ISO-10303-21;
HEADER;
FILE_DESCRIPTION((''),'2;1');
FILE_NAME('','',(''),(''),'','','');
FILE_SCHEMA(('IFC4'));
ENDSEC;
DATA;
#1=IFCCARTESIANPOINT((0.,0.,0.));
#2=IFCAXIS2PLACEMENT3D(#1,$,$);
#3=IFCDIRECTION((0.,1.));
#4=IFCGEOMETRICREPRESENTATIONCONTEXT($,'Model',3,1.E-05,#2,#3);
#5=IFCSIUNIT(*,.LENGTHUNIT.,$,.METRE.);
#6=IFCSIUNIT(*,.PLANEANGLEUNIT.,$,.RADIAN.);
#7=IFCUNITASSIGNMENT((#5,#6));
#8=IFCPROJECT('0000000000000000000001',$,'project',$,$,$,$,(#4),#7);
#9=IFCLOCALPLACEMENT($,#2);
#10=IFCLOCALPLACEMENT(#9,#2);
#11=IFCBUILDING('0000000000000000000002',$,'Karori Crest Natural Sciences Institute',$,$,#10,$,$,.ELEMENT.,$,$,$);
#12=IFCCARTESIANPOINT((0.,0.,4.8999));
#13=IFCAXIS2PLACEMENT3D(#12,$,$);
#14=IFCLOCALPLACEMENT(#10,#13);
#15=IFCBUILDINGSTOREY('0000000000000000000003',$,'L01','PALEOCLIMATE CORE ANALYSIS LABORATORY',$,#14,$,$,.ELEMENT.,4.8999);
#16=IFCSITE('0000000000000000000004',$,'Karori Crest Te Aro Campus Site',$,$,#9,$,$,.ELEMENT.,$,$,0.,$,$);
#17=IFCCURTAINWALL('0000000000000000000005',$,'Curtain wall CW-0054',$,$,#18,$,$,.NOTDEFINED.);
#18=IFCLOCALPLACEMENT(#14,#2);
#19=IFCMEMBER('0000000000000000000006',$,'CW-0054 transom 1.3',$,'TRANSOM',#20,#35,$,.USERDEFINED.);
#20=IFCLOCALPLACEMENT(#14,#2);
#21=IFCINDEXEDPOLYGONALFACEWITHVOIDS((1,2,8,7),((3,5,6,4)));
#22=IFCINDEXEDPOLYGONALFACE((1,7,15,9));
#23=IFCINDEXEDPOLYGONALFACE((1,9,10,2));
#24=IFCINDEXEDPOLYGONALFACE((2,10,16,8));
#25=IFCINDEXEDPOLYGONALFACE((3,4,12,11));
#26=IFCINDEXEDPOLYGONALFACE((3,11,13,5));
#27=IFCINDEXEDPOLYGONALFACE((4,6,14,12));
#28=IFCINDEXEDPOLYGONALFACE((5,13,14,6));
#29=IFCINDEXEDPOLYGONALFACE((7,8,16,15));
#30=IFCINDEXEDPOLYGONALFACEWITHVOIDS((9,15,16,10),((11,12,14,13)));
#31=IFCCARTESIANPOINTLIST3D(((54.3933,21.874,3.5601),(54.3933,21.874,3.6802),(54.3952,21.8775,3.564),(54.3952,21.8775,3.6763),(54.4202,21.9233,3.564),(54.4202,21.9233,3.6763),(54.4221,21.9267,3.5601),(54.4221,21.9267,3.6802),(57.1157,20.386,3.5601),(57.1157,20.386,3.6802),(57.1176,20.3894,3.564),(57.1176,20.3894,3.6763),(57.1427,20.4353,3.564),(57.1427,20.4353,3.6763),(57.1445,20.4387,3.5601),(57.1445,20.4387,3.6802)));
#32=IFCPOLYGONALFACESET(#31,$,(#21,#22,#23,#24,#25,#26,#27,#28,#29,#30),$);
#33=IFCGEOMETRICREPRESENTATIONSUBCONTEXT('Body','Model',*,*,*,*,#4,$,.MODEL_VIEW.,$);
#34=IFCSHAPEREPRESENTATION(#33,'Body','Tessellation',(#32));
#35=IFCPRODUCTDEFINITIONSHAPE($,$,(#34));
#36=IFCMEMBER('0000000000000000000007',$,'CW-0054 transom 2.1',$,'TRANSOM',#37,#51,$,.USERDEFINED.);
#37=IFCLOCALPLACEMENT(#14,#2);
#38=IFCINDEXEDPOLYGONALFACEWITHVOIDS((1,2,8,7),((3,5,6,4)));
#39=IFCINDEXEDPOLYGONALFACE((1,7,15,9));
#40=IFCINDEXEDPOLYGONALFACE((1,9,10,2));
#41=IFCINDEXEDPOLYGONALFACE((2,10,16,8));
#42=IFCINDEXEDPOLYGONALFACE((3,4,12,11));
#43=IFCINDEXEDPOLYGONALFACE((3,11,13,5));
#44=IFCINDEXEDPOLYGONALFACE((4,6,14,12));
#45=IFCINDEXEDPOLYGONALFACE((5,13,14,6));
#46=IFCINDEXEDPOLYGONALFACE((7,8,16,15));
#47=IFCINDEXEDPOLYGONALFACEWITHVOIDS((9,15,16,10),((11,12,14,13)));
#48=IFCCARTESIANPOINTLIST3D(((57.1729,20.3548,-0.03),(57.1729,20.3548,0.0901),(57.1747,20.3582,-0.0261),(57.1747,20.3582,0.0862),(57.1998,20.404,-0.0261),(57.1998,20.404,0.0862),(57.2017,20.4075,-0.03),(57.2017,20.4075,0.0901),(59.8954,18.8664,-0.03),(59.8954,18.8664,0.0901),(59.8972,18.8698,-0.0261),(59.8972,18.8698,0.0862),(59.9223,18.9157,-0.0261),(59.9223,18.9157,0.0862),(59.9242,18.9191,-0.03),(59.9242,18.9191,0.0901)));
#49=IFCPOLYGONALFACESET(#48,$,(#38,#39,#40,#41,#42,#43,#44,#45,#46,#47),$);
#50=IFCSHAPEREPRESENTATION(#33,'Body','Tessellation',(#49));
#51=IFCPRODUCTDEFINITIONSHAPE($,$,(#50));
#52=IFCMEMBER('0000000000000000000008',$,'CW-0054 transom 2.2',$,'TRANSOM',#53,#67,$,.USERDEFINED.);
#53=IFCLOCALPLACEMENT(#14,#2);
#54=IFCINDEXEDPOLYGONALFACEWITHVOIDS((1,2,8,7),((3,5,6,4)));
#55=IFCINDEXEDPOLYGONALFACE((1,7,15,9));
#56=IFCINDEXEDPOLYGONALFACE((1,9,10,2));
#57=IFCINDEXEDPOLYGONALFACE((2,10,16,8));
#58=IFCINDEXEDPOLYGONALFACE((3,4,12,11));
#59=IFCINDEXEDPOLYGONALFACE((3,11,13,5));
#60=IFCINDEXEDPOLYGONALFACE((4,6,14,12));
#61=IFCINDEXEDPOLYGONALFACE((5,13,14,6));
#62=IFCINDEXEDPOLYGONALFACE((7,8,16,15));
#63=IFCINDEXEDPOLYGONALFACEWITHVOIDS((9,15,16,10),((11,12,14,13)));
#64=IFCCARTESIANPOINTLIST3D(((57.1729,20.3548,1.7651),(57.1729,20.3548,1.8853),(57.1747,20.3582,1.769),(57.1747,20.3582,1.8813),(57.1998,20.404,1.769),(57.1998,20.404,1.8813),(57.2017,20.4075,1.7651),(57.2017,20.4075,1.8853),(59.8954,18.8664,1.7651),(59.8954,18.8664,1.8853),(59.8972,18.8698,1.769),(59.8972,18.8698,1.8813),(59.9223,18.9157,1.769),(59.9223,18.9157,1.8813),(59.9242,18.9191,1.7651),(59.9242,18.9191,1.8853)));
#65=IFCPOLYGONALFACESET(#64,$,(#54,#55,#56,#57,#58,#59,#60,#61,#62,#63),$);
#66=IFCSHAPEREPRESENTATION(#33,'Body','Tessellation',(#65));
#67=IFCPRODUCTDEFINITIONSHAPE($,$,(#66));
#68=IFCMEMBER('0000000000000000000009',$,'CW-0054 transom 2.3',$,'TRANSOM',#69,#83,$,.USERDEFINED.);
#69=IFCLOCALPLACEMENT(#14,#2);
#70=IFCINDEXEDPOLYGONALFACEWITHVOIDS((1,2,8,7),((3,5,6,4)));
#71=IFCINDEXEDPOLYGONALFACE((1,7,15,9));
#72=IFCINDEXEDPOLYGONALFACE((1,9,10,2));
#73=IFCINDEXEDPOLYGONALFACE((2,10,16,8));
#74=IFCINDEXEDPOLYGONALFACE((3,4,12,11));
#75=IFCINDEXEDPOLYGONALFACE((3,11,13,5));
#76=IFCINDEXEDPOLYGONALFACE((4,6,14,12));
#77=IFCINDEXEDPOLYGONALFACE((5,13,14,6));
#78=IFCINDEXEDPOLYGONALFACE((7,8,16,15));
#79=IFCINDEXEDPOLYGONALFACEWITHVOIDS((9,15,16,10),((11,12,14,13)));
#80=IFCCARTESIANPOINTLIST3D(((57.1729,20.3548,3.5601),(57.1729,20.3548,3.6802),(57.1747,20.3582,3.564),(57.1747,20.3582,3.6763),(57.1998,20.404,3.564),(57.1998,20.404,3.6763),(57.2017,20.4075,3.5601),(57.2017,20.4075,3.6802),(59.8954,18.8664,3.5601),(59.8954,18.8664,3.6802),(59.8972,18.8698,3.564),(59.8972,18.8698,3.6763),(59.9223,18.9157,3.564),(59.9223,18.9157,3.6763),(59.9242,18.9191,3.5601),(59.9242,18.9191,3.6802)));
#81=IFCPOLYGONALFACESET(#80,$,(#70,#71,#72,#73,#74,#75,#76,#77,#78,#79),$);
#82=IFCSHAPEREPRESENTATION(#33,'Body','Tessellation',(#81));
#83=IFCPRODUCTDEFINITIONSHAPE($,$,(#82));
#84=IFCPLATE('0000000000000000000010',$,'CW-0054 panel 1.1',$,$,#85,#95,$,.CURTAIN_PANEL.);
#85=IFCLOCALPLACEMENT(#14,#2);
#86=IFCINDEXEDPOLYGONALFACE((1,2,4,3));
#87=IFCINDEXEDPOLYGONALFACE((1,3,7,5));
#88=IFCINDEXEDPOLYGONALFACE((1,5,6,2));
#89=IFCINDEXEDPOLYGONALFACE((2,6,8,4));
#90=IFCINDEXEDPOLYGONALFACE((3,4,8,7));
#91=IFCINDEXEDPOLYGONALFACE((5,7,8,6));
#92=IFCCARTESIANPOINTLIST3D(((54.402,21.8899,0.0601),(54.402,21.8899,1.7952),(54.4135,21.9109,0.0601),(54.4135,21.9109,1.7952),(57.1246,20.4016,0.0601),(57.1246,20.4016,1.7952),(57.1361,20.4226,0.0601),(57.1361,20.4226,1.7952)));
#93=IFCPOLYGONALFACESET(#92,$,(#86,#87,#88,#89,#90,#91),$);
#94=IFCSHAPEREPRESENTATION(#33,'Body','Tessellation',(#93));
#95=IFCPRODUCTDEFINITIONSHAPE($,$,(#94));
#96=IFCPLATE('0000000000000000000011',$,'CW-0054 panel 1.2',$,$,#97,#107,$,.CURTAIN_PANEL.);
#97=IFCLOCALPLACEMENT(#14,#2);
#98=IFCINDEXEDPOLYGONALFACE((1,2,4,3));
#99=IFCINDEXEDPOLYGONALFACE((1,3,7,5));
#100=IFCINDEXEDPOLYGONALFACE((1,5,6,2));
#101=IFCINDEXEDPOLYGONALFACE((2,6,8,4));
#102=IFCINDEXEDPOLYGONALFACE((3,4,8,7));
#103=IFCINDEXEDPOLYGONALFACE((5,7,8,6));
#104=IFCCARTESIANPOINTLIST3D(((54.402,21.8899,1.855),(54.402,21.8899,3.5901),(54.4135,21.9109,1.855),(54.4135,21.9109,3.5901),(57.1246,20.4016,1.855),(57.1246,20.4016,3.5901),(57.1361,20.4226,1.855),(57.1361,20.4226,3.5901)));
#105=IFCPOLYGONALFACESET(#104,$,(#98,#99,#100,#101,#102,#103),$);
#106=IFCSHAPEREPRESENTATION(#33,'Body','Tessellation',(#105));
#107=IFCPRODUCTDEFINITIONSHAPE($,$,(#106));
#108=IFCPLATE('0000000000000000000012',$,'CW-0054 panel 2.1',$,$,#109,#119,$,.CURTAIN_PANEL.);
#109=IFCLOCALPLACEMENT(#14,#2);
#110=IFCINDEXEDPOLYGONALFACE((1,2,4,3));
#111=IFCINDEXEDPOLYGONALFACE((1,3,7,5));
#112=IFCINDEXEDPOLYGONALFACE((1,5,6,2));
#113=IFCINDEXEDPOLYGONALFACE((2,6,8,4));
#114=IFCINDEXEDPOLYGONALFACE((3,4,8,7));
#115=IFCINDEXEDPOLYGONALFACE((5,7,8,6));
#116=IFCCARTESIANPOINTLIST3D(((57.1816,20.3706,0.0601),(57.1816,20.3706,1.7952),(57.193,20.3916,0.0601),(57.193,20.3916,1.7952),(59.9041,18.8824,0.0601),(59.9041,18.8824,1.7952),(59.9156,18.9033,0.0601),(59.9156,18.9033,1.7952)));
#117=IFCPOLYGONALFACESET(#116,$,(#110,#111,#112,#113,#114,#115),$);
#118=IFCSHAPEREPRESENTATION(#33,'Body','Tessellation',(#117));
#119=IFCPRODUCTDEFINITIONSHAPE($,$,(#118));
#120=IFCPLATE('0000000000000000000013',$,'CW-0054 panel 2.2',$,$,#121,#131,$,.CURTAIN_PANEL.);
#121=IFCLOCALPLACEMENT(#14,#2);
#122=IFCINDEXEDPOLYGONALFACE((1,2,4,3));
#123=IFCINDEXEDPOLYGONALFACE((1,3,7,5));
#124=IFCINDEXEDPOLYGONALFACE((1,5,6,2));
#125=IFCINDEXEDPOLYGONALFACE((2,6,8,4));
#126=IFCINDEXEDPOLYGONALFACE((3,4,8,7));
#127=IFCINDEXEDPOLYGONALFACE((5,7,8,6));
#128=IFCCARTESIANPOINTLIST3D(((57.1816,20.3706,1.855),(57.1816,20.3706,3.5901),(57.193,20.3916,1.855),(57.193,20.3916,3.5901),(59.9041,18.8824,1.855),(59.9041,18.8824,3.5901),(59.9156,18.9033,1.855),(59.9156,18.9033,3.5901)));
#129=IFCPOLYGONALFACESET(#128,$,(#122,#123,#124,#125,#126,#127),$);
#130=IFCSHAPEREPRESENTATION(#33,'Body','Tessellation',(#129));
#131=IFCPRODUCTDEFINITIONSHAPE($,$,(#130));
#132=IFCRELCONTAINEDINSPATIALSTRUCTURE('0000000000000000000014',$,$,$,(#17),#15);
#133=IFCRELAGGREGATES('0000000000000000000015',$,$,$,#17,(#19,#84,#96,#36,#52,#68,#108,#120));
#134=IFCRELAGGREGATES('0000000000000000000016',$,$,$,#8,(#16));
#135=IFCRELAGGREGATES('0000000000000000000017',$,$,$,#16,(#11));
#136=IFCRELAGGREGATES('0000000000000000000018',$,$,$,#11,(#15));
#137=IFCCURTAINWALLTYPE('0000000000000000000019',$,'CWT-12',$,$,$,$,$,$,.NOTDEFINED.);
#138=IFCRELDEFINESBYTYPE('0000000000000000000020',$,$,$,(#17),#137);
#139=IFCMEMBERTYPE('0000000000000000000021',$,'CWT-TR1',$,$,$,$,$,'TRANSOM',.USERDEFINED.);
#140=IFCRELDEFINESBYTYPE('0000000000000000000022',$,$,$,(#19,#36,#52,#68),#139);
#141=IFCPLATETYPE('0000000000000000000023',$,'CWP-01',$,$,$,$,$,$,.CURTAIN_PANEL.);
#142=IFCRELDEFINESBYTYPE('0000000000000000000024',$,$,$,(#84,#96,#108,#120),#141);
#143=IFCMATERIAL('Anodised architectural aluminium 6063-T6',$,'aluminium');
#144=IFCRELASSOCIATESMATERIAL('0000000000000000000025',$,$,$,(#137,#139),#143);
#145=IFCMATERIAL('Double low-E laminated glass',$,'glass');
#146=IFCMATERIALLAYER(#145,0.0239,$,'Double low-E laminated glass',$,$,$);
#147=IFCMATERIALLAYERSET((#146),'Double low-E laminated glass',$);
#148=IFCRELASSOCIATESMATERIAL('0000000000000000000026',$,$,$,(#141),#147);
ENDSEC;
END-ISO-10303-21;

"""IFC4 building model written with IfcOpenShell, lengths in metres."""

from ifc_helpers import new_model, si_unit, direction, frame, origin, origin_2d, place, context, subcontext, project, spatial, rectangle, hollow_rectangle, extrude, material, layer, layer_set, material_profile, profile_set, type_object, element, aggregate, save


model = new_model("IFC4")

# Units and contexts
model_context = context("Model", 3, precision=1e-05, world=origin(), true_north=direction((0.0, 1.0)))
body_context = subcontext(model_context, "Body", "Model", "MODEL_VIEW")
ifc_project = project(units=[si_unit("LENGTHUNIT", "METRE"), si_unit("PLANEANGLEUNIT", "RADIAN")], contexts=[model_context])

# Site, building, storey
site_placement = place(None, origin())
site = spatial("IfcSite", under=ifc_project, at=site_placement, Name="Karori Crest Te Aro Campus Site", CompositionType="ELEMENT", RefElevation=0.0)
building_placement = place(site_placement, origin())
building = spatial("IfcBuilding", under=site, at=building_placement, Name="Karori Crest Natural Sciences Institute", CompositionType="ELEMENT")
storey_placement = place(building_placement, frame((0.0, 0.0, 4.8999)))
storey = spatial("IfcBuildingStorey", under=building, at=storey_placement, Name="L01", Description="PALEOCLIMATE CORE ANALYSIS LABORATORY", CompositionType="ELEMENT", Elevation=4.8999)

# Curtain wall, members, plates
ifc_material_1 = material(Name="Anodised architectural aluminium 6063-T6", Category="aluminium")
curtain_wall_type = type_object("IfcCurtainWallType", Name="CWT-12", PredefinedType="NOTDEFINED", material=ifc_material_1)
curtain_wall_placement = place(storey_placement, origin())
curtain_wall = element("IfcCurtainWall", 1, at=curtain_wall_placement, inside=storey, type_object=curtain_wall_type, Name="Curtain wall CW-0054", PredefinedType="NOTDEFINED")
ifc_material_profile_1 = material_profile(ifc_material_1, hollow_rectangle(XDim=0.0601, YDim=0.1201, WallThickness=0.0039, at=origin_2d()), Name="CWT120x60x4")
ifc_profile_set_1 = profile_set([ifc_material_profile_1], Name="Anodised architectural aluminium 6063-T6")
member_type_1 = type_object("IfcMemberType", Name="CWT-TR1", ElementType="TRANSOM", PredefinedType="USERDEFINED", material=ifc_profile_set_1)
member_1_placement = place(storey_placement, frame((54.4077, 21.9004, 3.6201), z_axis=(0.877477, -0.479618, 0.0), x_axis=(0.479618, 0.877477, 0.0)))
member_1 = element("IfcMember", 2, at=member_1_placement, type_object=member_type_1, Name="CW-0054 transom 1.3", ObjectType="TRANSOM", PredefinedType="USERDEFINED", context=body_context, shape_type="SweptSolid", body=[
    extrude(hollow_rectangle(XDim=0.0601, YDim=0.1201, WallThickness=0.0039, at=origin_2d()), origin(), (0.0, 0.0, 1.0), 3.1025),
])
member_2_placement = place(storey_placement, frame((57.1873, 20.3811, 0.03), z_axis=(0.877444, -0.479679, 0.0), x_axis=(0.479679, 0.877444, 0.0)))
member_2 = element("IfcMember", 3, at=member_2_placement, type_object=member_type_1, Name="CW-0054 transom 2.1", ObjectType="TRANSOM", PredefinedType="USERDEFINED", context=body_context, shape_type="SweptSolid", body=[
    extrude(hollow_rectangle(XDim=0.0601, YDim=0.1201, WallThickness=0.0039, at=origin_2d()), origin(), (0.0, 0.0, 1.0), 3.1028),
])
member_3_placement = place(storey_placement, frame((57.1873, 20.3811, 1.8252), z_axis=(0.877444, -0.479679, 0.0), x_axis=(0.479679, 0.877444, 0.0)))
member_3 = element("IfcMember", 4, at=member_3_placement, type_object=member_type_1, Name="CW-0054 transom 2.2", ObjectType="TRANSOM", PredefinedType="USERDEFINED", context=body_context, shape_type="SweptSolid", body=[
    extrude(hollow_rectangle(XDim=0.0601, YDim=0.1201, WallThickness=0.0039, at=origin_2d()), origin(), (0.0, 0.0, 1.0), 3.1028),
])
member_4_placement = place(storey_placement, frame((57.1873, 20.3811, 3.6201), z_axis=(0.877444, -0.479679, 0.0), x_axis=(0.479679, 0.877444, 0.0)))
member_4 = element("IfcMember", 5, at=member_4_placement, type_object=member_type_1, Name="CW-0054 transom 2.3", ObjectType="TRANSOM", PredefinedType="USERDEFINED", context=body_context, shape_type="SweptSolid", body=[
    extrude(hollow_rectangle(XDim=0.0601, YDim=0.1201, WallThickness=0.0039, at=origin_2d()), origin(), (0.0, 0.0, 1.0), 3.1028),
])
ifc_material_2 = material(Name="Double low-E laminated glass", Category="glass")
ifc_layer = layer(ifc_material_2, 0.0239, Name="Double low-E laminated glass")
ifc_layer_set = layer_set([ifc_layer], Name="Double low-E laminated glass")
plate_type = type_object("IfcPlateType", Name="CWP-01", PredefinedType="CURTAIN_PANEL", material=ifc_layer_set)
plate_1_placement = place(storey_placement, frame((55.769, 21.1562, 0.0601), z_axis=(0.0, 0.0, 1.0), x_axis=(0.877464, -0.479643, 0.0)))
plate_1 = element("IfcPlate", 6, at=plate_1_placement, type_object=plate_type, Name="CW-0054 panel 1.1", PredefinedType="CURTAIN_PANEL", context=body_context, shape_type="SweptSolid", body=[
    extrude(rectangle(XDim=3.1028, YDim=0.0239, at=origin_2d()), origin(), (0.0, 0.0, 1.0), 1.7351),
])
plate_2_placement = place(storey_placement, frame((55.769, 21.1562, 1.855), z_axis=(0.0, 0.0, 1.0), x_axis=(0.877464, -0.479643, 0.0)))
plate_2 = element("IfcPlate", 7, at=plate_2_placement, type_object=plate_type, Name="CW-0054 panel 1.2", PredefinedType="CURTAIN_PANEL", context=body_context, shape_type="SweptSolid", body=[
    extrude(rectangle(XDim=3.1028, YDim=0.0239, at=origin_2d()), origin(), (0.0, 0.0, 1.0), 1.7351),
])
plate_3_placement = place(storey_placement, frame((58.5486, 19.637, 0.0601), z_axis=(0.0, 0.0, 1.0), x_axis=(0.877464, -0.479643, 0.0)))
plate_3 = element("IfcPlate", 8, at=plate_3_placement, type_object=plate_type, Name="CW-0054 panel 2.1", PredefinedType="CURTAIN_PANEL", context=body_context, shape_type="SweptSolid", body=[
    extrude(rectangle(XDim=3.1028, YDim=0.0239, at=origin_2d()), origin(), (0.0, 0.0, 1.0), 1.7351),
])
plate_4_placement = place(storey_placement, frame((58.5486, 19.637, 1.855), z_axis=(0.0, 0.0, 1.0), x_axis=(0.877464, -0.479643, 0.0)))
plate_4 = element("IfcPlate", 9, at=plate_4_placement, type_object=plate_type, Name="CW-0054 panel 2.2", PredefinedType="CURTAIN_PANEL", context=body_context, shape_type="SweptSolid", body=[
    extrude(rectangle(XDim=3.1028, YDim=0.0239, at=origin_2d()), origin(), (0.0, 0.0, 1.0), 1.7351),
])
aggregate(curtain_wall, [member_1, plate_1, plate_2, member_2, member_3, member_4, plate_3, plate_4])

save(model, "model.ifc")
